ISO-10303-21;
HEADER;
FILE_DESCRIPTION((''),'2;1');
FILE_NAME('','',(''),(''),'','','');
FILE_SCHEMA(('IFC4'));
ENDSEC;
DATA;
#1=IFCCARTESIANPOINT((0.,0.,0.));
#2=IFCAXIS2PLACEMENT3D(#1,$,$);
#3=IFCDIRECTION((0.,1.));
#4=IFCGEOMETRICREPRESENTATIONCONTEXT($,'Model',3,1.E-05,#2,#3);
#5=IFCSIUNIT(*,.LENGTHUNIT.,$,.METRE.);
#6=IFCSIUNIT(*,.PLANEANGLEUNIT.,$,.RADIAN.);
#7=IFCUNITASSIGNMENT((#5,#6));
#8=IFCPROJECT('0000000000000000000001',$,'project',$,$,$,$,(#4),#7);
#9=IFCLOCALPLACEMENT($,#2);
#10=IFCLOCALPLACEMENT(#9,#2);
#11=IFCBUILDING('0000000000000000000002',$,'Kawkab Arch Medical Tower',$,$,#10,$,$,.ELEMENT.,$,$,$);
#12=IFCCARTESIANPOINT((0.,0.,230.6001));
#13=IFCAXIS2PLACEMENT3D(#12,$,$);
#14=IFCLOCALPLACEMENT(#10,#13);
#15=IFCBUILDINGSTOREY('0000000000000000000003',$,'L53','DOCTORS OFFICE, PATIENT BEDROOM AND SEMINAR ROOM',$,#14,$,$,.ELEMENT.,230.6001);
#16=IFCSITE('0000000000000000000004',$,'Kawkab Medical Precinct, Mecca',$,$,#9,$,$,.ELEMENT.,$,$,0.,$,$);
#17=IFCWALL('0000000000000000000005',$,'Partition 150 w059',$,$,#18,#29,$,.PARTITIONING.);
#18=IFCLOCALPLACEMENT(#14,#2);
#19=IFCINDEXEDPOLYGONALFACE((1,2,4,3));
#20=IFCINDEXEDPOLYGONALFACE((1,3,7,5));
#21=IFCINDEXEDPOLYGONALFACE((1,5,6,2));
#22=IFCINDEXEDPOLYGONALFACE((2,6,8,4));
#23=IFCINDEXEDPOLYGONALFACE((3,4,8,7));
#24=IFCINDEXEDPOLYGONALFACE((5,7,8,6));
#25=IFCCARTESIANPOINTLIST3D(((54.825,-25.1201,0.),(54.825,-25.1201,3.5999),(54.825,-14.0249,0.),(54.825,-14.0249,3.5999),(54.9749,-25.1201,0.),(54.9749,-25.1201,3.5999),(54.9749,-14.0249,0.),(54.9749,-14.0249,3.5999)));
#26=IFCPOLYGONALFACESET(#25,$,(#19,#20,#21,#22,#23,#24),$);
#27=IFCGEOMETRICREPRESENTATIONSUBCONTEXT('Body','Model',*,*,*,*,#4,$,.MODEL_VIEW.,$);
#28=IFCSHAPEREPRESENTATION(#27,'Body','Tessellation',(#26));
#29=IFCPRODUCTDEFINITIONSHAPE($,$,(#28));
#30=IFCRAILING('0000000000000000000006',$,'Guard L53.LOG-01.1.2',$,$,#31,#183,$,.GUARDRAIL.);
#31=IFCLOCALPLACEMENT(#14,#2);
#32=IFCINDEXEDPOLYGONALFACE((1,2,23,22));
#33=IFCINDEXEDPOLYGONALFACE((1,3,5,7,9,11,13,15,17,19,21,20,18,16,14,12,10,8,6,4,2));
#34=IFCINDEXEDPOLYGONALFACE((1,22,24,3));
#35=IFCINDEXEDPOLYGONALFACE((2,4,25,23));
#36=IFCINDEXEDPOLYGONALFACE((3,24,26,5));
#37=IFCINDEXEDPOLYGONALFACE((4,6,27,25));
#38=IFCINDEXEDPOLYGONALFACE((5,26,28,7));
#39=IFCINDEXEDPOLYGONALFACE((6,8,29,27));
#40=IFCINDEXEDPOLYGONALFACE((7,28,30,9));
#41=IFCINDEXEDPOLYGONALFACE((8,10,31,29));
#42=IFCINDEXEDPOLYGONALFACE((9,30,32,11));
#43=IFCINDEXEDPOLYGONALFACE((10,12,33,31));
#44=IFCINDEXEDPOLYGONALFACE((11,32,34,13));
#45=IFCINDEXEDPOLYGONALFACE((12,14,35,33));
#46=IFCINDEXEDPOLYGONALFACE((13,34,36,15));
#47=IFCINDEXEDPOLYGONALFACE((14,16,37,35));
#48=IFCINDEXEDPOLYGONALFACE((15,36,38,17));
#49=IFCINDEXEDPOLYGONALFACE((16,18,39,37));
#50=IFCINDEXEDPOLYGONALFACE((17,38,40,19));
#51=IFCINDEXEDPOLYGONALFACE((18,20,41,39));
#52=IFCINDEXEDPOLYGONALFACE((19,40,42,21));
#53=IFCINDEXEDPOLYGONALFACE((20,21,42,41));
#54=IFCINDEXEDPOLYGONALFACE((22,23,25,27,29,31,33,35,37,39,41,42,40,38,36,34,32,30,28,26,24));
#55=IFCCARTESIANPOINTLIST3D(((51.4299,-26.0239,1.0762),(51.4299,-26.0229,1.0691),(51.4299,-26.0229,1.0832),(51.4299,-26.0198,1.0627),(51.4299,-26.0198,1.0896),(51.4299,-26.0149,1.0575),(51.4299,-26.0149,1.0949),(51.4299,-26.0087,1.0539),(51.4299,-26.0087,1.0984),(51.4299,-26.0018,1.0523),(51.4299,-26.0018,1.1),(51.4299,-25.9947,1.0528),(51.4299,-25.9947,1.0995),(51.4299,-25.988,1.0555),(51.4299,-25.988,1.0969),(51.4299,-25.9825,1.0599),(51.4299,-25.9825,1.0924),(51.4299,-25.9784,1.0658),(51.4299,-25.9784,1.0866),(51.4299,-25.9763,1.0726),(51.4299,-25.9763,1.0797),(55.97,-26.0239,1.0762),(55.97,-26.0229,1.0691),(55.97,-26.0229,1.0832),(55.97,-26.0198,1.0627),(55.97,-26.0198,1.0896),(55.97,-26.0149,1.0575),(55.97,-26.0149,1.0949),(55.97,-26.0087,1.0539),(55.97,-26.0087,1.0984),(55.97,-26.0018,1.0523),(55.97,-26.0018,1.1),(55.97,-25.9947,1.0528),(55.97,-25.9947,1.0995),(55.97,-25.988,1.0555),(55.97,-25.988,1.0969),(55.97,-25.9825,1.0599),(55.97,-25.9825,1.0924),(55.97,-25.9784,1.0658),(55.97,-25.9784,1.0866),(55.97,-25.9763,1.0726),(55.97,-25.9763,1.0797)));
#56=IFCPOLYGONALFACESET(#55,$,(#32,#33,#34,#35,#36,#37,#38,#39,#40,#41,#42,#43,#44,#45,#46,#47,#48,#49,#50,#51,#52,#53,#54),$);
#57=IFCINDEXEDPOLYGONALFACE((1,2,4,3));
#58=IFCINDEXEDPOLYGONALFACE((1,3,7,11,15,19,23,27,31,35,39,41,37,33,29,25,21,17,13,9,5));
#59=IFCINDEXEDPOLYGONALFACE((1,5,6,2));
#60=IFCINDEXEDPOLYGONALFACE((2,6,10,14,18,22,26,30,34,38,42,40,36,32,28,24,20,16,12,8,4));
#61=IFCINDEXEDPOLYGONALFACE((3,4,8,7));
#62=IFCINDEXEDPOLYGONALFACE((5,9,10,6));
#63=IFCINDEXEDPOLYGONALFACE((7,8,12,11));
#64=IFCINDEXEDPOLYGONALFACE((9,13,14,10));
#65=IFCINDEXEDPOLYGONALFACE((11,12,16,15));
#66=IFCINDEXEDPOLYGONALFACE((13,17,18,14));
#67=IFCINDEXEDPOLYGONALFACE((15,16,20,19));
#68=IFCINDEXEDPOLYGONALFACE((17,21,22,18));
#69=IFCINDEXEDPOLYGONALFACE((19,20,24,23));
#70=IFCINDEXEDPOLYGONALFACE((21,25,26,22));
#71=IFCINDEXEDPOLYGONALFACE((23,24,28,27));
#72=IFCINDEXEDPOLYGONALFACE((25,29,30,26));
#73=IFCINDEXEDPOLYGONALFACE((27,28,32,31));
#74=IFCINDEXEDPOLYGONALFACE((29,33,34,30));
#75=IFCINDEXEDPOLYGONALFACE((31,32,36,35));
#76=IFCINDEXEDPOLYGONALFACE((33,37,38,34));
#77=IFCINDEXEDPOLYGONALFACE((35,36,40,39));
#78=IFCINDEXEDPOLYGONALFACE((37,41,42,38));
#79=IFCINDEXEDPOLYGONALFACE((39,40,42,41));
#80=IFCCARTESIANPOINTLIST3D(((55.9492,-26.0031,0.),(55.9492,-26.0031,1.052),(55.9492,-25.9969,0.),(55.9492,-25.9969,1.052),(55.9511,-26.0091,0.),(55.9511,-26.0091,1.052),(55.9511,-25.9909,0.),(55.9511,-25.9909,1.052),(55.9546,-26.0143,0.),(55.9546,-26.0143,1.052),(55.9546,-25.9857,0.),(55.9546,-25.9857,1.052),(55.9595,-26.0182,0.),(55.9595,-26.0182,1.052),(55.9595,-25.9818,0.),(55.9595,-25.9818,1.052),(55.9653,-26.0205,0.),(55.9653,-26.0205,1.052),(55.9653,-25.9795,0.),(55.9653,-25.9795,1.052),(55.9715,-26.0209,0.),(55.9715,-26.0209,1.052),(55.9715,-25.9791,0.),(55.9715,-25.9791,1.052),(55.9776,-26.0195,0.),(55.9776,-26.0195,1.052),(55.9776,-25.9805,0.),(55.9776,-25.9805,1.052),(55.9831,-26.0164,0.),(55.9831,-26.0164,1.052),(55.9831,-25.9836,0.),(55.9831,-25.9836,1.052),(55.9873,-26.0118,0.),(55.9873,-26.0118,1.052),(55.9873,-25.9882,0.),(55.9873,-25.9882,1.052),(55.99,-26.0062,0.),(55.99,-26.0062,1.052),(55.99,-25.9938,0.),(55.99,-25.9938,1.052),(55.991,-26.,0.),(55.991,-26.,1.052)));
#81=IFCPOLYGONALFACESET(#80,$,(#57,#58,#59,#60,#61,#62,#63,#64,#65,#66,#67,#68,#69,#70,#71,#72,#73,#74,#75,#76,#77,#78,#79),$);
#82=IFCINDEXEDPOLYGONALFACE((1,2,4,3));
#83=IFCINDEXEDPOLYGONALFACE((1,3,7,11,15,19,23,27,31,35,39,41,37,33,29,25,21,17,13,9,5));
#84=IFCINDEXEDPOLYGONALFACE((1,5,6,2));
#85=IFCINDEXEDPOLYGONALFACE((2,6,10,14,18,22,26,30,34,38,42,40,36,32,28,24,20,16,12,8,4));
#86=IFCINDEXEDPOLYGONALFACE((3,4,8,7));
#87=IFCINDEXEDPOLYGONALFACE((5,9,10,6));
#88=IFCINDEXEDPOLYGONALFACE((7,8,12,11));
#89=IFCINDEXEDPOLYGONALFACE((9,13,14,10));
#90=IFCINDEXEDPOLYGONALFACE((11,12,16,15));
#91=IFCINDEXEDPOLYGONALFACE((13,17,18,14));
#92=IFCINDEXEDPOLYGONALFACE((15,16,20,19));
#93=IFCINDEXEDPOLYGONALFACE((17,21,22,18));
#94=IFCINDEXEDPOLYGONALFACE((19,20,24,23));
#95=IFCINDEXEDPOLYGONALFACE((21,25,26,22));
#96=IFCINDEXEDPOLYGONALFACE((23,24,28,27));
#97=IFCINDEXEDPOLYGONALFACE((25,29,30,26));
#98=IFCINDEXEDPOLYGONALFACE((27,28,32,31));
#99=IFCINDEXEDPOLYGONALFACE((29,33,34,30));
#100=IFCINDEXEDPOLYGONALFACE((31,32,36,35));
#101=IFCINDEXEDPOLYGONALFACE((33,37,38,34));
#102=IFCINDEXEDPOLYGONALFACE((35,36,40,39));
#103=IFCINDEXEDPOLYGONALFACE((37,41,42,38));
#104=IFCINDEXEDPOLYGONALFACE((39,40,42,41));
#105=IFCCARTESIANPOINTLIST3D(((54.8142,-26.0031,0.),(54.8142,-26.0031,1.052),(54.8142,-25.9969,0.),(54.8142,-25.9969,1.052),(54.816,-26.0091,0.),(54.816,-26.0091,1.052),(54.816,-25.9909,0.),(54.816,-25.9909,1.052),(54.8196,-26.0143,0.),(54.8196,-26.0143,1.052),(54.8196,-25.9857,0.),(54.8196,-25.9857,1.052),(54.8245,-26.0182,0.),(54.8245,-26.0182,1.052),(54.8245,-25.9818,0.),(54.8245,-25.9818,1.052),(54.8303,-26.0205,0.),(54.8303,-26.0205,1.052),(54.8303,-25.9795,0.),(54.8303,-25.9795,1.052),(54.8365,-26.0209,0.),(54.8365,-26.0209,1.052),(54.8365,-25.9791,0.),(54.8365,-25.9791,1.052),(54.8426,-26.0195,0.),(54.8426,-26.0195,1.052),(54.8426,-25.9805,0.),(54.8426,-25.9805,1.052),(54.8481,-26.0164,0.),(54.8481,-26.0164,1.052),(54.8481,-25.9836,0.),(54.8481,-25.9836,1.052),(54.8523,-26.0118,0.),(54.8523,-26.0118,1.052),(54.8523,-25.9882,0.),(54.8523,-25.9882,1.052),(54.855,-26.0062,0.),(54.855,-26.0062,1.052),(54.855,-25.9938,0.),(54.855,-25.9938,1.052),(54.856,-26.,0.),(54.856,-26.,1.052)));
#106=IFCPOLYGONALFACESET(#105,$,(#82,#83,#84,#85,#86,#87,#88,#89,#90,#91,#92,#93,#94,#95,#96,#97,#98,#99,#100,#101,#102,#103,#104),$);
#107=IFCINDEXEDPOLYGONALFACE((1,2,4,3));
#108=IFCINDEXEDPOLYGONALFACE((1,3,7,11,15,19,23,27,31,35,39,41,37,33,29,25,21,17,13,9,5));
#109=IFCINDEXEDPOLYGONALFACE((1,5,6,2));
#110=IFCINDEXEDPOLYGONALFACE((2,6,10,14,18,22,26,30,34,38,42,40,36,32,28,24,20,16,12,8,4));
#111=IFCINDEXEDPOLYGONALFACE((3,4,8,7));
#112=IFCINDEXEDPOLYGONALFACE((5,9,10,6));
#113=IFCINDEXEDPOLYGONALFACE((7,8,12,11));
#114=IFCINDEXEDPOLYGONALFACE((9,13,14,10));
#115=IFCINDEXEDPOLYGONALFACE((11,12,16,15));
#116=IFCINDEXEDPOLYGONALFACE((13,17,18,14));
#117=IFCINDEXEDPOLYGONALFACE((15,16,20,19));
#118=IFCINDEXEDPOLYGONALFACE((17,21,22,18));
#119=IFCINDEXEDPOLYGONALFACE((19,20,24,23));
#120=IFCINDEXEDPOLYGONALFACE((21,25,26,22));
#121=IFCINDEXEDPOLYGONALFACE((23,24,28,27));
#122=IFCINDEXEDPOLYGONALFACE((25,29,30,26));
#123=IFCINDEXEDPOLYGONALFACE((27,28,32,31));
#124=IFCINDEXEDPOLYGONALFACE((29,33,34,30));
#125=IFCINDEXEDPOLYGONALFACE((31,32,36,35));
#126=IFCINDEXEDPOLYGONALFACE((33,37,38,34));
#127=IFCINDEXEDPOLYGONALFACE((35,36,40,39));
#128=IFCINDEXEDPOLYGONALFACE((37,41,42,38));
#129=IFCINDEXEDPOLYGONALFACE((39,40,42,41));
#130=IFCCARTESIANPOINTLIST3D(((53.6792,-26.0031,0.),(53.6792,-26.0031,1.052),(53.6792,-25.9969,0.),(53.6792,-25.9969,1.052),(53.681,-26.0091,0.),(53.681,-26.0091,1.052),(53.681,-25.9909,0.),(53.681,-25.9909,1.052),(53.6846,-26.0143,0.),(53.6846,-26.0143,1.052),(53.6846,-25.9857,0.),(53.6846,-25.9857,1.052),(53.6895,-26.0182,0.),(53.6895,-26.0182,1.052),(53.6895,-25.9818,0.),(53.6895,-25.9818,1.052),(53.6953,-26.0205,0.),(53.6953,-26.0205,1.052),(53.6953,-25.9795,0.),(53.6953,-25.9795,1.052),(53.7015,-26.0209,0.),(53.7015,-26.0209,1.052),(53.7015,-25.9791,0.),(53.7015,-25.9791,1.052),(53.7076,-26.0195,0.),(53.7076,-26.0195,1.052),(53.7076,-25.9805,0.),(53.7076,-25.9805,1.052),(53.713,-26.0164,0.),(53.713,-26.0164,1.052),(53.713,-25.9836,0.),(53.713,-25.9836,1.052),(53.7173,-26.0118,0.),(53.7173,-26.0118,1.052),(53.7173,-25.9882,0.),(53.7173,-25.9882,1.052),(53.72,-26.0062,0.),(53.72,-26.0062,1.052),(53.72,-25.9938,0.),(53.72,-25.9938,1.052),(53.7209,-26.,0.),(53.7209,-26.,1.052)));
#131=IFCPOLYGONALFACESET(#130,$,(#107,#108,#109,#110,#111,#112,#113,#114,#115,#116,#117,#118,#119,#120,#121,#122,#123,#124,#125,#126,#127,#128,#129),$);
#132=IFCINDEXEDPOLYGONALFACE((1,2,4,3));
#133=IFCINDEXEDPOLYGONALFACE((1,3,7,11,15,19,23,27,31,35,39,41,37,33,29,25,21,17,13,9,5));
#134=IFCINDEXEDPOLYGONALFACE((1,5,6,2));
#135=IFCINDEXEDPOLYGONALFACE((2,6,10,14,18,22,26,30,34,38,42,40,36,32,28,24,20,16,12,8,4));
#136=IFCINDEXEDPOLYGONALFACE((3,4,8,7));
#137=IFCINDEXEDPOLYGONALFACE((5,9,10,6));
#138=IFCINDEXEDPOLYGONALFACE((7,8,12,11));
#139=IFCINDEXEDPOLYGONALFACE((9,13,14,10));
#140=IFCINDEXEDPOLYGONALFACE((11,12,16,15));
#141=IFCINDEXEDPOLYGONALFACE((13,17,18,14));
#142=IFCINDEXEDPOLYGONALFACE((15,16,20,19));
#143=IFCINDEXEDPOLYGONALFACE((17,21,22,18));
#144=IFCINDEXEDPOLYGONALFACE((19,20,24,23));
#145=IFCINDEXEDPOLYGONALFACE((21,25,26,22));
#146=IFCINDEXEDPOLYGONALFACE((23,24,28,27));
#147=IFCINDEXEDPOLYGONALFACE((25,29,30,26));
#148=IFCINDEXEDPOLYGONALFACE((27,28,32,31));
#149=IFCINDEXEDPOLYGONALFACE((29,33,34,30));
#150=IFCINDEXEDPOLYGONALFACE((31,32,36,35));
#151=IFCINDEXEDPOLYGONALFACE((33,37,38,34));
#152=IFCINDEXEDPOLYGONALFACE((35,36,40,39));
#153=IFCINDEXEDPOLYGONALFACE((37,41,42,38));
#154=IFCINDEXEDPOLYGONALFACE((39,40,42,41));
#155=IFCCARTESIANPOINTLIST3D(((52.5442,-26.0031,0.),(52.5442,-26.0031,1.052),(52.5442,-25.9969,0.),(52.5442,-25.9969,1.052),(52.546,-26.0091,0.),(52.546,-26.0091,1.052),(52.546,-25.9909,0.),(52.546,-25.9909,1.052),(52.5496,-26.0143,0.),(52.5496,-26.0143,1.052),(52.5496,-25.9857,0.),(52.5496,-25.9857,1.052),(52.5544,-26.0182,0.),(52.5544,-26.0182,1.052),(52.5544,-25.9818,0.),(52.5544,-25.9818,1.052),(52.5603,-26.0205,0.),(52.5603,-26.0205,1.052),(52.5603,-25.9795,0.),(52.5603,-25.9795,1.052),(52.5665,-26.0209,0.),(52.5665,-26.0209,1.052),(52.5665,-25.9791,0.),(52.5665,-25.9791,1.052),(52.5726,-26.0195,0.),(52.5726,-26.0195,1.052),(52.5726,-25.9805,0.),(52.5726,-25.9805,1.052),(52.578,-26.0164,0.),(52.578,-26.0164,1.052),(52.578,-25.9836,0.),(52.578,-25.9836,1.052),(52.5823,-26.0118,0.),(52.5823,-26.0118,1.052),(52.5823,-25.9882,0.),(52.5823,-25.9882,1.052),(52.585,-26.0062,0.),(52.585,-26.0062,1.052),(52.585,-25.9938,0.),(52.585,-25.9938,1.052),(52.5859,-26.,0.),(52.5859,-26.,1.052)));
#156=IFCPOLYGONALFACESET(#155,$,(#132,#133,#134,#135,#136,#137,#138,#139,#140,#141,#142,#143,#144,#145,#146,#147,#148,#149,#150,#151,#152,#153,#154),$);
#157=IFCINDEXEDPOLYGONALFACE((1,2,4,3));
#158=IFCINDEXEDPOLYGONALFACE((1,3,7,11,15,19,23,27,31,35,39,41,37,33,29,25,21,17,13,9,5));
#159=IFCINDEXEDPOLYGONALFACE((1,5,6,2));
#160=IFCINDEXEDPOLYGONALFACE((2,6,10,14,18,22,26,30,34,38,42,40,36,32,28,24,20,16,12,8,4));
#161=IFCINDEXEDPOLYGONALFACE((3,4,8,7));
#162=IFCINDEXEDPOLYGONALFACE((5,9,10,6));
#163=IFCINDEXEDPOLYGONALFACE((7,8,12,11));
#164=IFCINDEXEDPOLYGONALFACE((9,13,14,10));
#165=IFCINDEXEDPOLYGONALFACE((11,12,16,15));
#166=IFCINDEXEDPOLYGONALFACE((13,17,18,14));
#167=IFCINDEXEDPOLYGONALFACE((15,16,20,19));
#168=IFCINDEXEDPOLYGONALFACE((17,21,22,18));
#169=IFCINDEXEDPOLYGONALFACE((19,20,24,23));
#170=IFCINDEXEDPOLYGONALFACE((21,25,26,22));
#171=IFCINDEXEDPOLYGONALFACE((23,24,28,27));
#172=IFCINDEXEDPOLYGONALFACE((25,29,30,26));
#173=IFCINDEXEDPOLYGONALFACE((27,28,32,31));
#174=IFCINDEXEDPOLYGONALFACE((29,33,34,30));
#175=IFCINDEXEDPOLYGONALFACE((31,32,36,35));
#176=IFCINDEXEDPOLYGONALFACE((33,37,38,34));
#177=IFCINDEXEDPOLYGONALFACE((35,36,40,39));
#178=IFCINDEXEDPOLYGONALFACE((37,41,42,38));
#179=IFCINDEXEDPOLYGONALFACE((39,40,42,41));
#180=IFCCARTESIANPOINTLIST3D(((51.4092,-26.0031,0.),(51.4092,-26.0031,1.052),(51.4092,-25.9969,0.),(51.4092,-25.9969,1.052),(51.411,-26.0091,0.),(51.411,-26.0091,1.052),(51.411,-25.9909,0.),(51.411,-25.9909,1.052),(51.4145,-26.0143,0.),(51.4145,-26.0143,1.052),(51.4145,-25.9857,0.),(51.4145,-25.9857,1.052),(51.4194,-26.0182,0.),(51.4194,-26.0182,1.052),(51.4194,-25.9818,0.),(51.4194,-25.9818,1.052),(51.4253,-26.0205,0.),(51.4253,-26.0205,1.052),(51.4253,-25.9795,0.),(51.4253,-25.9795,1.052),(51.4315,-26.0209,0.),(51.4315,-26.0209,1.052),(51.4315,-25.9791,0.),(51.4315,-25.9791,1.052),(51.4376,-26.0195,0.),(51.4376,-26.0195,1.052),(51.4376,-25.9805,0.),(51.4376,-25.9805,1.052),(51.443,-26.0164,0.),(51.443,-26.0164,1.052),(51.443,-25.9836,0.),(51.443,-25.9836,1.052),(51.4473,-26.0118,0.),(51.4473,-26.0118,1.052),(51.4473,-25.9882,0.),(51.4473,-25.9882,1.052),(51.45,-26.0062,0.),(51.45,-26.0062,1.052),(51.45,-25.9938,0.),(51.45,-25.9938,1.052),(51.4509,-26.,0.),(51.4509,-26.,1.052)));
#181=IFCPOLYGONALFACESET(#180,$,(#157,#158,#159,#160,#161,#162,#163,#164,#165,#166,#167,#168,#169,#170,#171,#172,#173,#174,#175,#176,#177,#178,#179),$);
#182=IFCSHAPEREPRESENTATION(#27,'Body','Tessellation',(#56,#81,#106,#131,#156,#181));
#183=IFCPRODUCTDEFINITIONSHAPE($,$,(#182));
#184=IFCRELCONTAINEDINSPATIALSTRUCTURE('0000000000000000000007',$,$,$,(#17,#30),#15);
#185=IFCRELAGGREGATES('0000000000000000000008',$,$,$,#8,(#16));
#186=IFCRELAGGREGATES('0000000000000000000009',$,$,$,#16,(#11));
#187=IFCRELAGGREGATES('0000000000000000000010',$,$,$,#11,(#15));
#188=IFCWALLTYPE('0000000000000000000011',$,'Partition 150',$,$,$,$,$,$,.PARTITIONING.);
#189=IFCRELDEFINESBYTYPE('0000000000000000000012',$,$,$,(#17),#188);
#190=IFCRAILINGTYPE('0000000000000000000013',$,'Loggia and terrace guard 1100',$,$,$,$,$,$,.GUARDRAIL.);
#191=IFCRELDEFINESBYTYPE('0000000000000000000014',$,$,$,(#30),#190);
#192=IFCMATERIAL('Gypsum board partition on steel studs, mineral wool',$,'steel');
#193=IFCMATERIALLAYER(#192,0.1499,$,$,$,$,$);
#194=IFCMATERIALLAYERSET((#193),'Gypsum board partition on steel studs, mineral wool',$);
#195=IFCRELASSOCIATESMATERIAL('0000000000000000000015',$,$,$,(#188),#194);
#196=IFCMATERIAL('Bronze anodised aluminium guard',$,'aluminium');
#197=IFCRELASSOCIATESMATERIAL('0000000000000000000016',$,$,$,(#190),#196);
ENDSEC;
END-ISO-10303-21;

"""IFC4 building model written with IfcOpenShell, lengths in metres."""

from ifc_helpers import new_model, si_unit, direction, frame, frame_2d, origin, origin_2d, place, context, subcontext, project, spatial, rectangle, circle, extrude, material, layer, layer_set, type_object, element, save


model = new_model("IFC4")

# Units and contexts
model_context = context("Model", 3, precision=1e-05, world=origin(), true_north=direction((0.0, 1.0)))
body_context = subcontext(model_context, "Body", "Model", "MODEL_VIEW")
ifc_project = project(units=[si_unit("LENGTHUNIT", "METRE"), si_unit("PLANEANGLEUNIT", "RADIAN")], contexts=[model_context])

# Site, building, storey
site_placement = place(None, origin())
site = spatial("IfcSite", under=ifc_project, at=site_placement, Name="Kawkab Medical Precinct, Mecca", CompositionType="ELEMENT", RefElevation=0.0)
building_placement = place(site_placement, origin())
building = spatial("IfcBuilding", under=site, at=building_placement, Name="Kawkab Arch Medical Tower", CompositionType="ELEMENT")
storey_placement = place(building_placement, frame((0.0, 0.0, 230.6001)))
storey = spatial("IfcBuildingStorey", under=building, at=storey_placement, Name="L53", Description="DOCTORS OFFICE, PATIENT BEDROOM AND SEMINAR ROOM", CompositionType="ELEMENT", Elevation=230.6001)

# Shared definitions
ifc_material_1 = material(Name="Gypsum board partition on steel studs, mineral wool", Category="steel")
ifc_layer_1 = layer(ifc_material_1, 0.1499)
ifc_layer_set_1 = layer_set([ifc_layer_1], Name="Gypsum board partition on steel studs, mineral wool")
wall_type_1 = type_object("IfcWallType", Name="Partition 150", PredefinedType="PARTITIONING", material=ifc_layer_set_1)

# Wall
wall_1_placement = place(storey_placement, frame((54.8999, -25.1201, 0.0), z_axis=(0.0, 0.0, 1.0), x_axis=(0.0, 1.0, 0.0)))
element("IfcWall", 1, at=wall_1_placement, inside=storey, type_object=wall_type_1, Name="Partition 150 w059", PredefinedType="PARTITIONING", context=body_context, shape_type="SweptSolid", body=[
    extrude(rectangle(XDim=11.0952, YDim=0.1499, at=frame_2d((5.5476, 0.0))), origin(), (0.0, 0.0, 1.0), 3.5999),
])

# Railing
ifc_material_2 = material(Name="Bronze anodised aluminium guard", Category="aluminium")
railing_type = type_object("IfcRailingType", Name="Loggia and terrace guard 1100", PredefinedType="GUARDRAIL", material=ifc_material_2)
railing_1_placement = place(storey_placement, frame((55.97, -26.0, 0.0)))
element("IfcRailing", 2, at=railing_1_placement, inside=storey, type_object=railing_type, Name="Guard L53.LOG-01.1.2", PredefinedType="GUARDRAIL", context=body_context, shape_type="SweptSolid", body=[
    extrude(circle(Radius=0.0239, at=origin_2d()), frame((0.0, 0.0, 1.0762), z_axis=(-1.0, 0.0, 0.0), x_axis=(0.0, -1.0, 0.0)), (0.0, 0.0, 1.0), 4.54),
    extrude(circle(Radius=0.021, at=origin_2d()), origin(), (0.0, 0.0, 1.0), 1.052),
    extrude(circle(Radius=0.021, at=origin_2d()), frame((-1.135, 0.0, 0.0)), (0.0, 0.0, 1.0), 1.052),
    extrude(circle(Radius=0.021, at=origin_2d()), frame((-2.27, 0.0, 0.0)), (0.0, 0.0, 1.0), 1.052),
    extrude(circle(Radius=0.021, at=origin_2d()), frame((-3.405, 0.0, 0.0)), (0.0, 0.0, 1.0), 1.052),
    extrude(circle(Radius=0.021, at=origin_2d()), frame((-4.54, 0.0, 0.0)), (0.0, 0.0, 1.0), 1.052),
])

save(model, "model.ifc")
